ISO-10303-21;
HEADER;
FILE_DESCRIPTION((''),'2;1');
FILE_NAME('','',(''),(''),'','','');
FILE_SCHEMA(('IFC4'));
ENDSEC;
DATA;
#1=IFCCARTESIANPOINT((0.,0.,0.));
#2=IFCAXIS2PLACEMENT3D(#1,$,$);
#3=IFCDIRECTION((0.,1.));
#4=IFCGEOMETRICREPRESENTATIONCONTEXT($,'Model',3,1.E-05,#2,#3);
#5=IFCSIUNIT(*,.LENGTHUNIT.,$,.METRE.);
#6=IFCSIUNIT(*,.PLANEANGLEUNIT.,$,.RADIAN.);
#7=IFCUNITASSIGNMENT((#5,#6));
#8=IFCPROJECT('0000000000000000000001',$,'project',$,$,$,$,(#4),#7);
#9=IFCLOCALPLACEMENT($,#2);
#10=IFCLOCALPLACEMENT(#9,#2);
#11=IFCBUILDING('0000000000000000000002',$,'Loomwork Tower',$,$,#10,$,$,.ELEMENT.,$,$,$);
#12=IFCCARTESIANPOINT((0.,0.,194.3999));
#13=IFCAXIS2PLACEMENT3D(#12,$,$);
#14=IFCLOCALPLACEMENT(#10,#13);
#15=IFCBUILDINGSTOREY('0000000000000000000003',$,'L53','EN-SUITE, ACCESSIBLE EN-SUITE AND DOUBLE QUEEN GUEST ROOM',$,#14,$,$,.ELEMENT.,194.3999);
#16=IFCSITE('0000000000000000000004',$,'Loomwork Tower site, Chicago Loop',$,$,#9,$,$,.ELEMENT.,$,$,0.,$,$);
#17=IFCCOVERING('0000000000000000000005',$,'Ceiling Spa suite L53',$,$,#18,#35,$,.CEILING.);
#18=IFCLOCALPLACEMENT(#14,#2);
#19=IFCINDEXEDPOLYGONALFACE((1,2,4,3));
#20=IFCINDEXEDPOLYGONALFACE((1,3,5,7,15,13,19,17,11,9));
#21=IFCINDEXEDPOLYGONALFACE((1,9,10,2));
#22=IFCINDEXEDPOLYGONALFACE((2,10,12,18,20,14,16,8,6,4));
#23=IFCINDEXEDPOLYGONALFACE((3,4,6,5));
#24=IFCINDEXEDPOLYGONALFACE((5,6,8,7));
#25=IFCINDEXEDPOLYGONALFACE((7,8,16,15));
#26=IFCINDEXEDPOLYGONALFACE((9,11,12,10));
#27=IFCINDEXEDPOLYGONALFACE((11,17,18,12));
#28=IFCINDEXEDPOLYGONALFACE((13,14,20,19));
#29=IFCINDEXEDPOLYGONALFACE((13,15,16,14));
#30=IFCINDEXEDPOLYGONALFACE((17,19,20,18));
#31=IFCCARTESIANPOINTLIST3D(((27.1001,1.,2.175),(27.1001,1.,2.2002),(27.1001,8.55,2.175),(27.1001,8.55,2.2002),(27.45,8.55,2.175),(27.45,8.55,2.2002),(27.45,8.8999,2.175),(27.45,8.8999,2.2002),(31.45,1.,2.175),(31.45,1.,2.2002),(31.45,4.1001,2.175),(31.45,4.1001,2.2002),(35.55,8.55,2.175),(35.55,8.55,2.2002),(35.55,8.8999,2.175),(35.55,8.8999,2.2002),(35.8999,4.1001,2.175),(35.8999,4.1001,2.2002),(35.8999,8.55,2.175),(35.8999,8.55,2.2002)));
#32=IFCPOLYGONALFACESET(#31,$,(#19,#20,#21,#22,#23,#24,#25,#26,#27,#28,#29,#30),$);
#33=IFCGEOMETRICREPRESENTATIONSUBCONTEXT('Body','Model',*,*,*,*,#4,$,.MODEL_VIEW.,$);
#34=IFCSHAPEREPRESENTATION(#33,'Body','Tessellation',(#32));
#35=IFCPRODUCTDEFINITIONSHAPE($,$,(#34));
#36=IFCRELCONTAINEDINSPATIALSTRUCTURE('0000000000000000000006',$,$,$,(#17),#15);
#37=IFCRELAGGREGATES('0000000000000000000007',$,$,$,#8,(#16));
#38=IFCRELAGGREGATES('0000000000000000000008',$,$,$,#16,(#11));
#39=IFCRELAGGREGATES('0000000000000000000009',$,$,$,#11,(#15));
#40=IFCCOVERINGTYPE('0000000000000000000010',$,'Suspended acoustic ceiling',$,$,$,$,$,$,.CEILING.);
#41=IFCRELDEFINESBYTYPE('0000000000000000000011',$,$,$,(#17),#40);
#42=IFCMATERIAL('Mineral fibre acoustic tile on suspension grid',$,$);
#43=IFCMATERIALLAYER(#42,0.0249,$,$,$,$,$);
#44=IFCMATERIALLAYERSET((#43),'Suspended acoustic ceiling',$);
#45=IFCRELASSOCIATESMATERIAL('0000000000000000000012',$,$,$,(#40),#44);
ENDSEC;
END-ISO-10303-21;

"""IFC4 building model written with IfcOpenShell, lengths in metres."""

from ifc_helpers import new_model, si_unit, direction, frame, origin, place, context, subcontext, project, spatial, polyline, outline, extrude, material, layer, layer_set, type_object, element, save


model = new_model("IFC4")

# Units and contexts
model_context = context("Model", 3, precision=1e-05, world=origin(), true_north=direction((0.0, 1.0)))
body_context = subcontext(model_context, "Body", "Model", "MODEL_VIEW")
ifc_project = project(units=[si_unit("LENGTHUNIT", "METRE"), si_unit("PLANEANGLEUNIT", "RADIAN")], contexts=[model_context])

# Site, building, storey
site_placement = place(None, origin())
site = spatial("IfcSite", under=ifc_project, at=site_placement, Name="Loomwork Tower site, Chicago Loop", CompositionType="ELEMENT", RefElevation=0.0)
building_placement = place(site_placement, origin())
building = spatial("IfcBuilding", under=site, at=building_placement, Name="Loomwork Tower", CompositionType="ELEMENT")
storey_placement = place(building_placement, frame((0.0, 0.0, 194.3999)))
storey = spatial("IfcBuildingStorey", under=building, at=storey_placement, Name="L53", Description="EN-SUITE, ACCESSIBLE EN-SUITE AND DOUBLE QUEEN GUEST ROOM", CompositionType="ELEMENT", Elevation=194.3999)

# Covering
ifc_material_1 = material(Name="Mineral fibre acoustic tile on suspension grid")
ifc_layer_1 = layer(ifc_material_1, 0.0249)
ifc_layer_set_1 = layer_set([ifc_layer_1], Name="Suspended acoustic ceiling")
covering_type_1 = type_object("IfcCoveringType", Name="Suspended acoustic ceiling", PredefinedType="CEILING", material=ifc_layer_set_1)
covering_1_placement = place(storey_placement, frame((0.0, 0.0, 2.175)))
element("IfcCovering", 1, at=covering_1_placement, inside=storey, type_object=covering_type_1, Name="Ceiling Spa suite L53", PredefinedType="CEILING", context=body_context, shape_type="SweptSolid", body=[
    extrude(outline(polyline([(35.55, 8.8999), (35.55, 8.55), (35.8999, 8.55), (35.8999, 4.1001), (31.45, 4.1001), (31.45, 1.0), (27.1001, 1.0), (27.1001, 8.55), (27.45, 8.55), (27.45, 8.8999), (35.55, 8.8999)])), origin(), (0.0, 0.0, 1.0), 0.0251),
])

save(model, "model.ifc")
